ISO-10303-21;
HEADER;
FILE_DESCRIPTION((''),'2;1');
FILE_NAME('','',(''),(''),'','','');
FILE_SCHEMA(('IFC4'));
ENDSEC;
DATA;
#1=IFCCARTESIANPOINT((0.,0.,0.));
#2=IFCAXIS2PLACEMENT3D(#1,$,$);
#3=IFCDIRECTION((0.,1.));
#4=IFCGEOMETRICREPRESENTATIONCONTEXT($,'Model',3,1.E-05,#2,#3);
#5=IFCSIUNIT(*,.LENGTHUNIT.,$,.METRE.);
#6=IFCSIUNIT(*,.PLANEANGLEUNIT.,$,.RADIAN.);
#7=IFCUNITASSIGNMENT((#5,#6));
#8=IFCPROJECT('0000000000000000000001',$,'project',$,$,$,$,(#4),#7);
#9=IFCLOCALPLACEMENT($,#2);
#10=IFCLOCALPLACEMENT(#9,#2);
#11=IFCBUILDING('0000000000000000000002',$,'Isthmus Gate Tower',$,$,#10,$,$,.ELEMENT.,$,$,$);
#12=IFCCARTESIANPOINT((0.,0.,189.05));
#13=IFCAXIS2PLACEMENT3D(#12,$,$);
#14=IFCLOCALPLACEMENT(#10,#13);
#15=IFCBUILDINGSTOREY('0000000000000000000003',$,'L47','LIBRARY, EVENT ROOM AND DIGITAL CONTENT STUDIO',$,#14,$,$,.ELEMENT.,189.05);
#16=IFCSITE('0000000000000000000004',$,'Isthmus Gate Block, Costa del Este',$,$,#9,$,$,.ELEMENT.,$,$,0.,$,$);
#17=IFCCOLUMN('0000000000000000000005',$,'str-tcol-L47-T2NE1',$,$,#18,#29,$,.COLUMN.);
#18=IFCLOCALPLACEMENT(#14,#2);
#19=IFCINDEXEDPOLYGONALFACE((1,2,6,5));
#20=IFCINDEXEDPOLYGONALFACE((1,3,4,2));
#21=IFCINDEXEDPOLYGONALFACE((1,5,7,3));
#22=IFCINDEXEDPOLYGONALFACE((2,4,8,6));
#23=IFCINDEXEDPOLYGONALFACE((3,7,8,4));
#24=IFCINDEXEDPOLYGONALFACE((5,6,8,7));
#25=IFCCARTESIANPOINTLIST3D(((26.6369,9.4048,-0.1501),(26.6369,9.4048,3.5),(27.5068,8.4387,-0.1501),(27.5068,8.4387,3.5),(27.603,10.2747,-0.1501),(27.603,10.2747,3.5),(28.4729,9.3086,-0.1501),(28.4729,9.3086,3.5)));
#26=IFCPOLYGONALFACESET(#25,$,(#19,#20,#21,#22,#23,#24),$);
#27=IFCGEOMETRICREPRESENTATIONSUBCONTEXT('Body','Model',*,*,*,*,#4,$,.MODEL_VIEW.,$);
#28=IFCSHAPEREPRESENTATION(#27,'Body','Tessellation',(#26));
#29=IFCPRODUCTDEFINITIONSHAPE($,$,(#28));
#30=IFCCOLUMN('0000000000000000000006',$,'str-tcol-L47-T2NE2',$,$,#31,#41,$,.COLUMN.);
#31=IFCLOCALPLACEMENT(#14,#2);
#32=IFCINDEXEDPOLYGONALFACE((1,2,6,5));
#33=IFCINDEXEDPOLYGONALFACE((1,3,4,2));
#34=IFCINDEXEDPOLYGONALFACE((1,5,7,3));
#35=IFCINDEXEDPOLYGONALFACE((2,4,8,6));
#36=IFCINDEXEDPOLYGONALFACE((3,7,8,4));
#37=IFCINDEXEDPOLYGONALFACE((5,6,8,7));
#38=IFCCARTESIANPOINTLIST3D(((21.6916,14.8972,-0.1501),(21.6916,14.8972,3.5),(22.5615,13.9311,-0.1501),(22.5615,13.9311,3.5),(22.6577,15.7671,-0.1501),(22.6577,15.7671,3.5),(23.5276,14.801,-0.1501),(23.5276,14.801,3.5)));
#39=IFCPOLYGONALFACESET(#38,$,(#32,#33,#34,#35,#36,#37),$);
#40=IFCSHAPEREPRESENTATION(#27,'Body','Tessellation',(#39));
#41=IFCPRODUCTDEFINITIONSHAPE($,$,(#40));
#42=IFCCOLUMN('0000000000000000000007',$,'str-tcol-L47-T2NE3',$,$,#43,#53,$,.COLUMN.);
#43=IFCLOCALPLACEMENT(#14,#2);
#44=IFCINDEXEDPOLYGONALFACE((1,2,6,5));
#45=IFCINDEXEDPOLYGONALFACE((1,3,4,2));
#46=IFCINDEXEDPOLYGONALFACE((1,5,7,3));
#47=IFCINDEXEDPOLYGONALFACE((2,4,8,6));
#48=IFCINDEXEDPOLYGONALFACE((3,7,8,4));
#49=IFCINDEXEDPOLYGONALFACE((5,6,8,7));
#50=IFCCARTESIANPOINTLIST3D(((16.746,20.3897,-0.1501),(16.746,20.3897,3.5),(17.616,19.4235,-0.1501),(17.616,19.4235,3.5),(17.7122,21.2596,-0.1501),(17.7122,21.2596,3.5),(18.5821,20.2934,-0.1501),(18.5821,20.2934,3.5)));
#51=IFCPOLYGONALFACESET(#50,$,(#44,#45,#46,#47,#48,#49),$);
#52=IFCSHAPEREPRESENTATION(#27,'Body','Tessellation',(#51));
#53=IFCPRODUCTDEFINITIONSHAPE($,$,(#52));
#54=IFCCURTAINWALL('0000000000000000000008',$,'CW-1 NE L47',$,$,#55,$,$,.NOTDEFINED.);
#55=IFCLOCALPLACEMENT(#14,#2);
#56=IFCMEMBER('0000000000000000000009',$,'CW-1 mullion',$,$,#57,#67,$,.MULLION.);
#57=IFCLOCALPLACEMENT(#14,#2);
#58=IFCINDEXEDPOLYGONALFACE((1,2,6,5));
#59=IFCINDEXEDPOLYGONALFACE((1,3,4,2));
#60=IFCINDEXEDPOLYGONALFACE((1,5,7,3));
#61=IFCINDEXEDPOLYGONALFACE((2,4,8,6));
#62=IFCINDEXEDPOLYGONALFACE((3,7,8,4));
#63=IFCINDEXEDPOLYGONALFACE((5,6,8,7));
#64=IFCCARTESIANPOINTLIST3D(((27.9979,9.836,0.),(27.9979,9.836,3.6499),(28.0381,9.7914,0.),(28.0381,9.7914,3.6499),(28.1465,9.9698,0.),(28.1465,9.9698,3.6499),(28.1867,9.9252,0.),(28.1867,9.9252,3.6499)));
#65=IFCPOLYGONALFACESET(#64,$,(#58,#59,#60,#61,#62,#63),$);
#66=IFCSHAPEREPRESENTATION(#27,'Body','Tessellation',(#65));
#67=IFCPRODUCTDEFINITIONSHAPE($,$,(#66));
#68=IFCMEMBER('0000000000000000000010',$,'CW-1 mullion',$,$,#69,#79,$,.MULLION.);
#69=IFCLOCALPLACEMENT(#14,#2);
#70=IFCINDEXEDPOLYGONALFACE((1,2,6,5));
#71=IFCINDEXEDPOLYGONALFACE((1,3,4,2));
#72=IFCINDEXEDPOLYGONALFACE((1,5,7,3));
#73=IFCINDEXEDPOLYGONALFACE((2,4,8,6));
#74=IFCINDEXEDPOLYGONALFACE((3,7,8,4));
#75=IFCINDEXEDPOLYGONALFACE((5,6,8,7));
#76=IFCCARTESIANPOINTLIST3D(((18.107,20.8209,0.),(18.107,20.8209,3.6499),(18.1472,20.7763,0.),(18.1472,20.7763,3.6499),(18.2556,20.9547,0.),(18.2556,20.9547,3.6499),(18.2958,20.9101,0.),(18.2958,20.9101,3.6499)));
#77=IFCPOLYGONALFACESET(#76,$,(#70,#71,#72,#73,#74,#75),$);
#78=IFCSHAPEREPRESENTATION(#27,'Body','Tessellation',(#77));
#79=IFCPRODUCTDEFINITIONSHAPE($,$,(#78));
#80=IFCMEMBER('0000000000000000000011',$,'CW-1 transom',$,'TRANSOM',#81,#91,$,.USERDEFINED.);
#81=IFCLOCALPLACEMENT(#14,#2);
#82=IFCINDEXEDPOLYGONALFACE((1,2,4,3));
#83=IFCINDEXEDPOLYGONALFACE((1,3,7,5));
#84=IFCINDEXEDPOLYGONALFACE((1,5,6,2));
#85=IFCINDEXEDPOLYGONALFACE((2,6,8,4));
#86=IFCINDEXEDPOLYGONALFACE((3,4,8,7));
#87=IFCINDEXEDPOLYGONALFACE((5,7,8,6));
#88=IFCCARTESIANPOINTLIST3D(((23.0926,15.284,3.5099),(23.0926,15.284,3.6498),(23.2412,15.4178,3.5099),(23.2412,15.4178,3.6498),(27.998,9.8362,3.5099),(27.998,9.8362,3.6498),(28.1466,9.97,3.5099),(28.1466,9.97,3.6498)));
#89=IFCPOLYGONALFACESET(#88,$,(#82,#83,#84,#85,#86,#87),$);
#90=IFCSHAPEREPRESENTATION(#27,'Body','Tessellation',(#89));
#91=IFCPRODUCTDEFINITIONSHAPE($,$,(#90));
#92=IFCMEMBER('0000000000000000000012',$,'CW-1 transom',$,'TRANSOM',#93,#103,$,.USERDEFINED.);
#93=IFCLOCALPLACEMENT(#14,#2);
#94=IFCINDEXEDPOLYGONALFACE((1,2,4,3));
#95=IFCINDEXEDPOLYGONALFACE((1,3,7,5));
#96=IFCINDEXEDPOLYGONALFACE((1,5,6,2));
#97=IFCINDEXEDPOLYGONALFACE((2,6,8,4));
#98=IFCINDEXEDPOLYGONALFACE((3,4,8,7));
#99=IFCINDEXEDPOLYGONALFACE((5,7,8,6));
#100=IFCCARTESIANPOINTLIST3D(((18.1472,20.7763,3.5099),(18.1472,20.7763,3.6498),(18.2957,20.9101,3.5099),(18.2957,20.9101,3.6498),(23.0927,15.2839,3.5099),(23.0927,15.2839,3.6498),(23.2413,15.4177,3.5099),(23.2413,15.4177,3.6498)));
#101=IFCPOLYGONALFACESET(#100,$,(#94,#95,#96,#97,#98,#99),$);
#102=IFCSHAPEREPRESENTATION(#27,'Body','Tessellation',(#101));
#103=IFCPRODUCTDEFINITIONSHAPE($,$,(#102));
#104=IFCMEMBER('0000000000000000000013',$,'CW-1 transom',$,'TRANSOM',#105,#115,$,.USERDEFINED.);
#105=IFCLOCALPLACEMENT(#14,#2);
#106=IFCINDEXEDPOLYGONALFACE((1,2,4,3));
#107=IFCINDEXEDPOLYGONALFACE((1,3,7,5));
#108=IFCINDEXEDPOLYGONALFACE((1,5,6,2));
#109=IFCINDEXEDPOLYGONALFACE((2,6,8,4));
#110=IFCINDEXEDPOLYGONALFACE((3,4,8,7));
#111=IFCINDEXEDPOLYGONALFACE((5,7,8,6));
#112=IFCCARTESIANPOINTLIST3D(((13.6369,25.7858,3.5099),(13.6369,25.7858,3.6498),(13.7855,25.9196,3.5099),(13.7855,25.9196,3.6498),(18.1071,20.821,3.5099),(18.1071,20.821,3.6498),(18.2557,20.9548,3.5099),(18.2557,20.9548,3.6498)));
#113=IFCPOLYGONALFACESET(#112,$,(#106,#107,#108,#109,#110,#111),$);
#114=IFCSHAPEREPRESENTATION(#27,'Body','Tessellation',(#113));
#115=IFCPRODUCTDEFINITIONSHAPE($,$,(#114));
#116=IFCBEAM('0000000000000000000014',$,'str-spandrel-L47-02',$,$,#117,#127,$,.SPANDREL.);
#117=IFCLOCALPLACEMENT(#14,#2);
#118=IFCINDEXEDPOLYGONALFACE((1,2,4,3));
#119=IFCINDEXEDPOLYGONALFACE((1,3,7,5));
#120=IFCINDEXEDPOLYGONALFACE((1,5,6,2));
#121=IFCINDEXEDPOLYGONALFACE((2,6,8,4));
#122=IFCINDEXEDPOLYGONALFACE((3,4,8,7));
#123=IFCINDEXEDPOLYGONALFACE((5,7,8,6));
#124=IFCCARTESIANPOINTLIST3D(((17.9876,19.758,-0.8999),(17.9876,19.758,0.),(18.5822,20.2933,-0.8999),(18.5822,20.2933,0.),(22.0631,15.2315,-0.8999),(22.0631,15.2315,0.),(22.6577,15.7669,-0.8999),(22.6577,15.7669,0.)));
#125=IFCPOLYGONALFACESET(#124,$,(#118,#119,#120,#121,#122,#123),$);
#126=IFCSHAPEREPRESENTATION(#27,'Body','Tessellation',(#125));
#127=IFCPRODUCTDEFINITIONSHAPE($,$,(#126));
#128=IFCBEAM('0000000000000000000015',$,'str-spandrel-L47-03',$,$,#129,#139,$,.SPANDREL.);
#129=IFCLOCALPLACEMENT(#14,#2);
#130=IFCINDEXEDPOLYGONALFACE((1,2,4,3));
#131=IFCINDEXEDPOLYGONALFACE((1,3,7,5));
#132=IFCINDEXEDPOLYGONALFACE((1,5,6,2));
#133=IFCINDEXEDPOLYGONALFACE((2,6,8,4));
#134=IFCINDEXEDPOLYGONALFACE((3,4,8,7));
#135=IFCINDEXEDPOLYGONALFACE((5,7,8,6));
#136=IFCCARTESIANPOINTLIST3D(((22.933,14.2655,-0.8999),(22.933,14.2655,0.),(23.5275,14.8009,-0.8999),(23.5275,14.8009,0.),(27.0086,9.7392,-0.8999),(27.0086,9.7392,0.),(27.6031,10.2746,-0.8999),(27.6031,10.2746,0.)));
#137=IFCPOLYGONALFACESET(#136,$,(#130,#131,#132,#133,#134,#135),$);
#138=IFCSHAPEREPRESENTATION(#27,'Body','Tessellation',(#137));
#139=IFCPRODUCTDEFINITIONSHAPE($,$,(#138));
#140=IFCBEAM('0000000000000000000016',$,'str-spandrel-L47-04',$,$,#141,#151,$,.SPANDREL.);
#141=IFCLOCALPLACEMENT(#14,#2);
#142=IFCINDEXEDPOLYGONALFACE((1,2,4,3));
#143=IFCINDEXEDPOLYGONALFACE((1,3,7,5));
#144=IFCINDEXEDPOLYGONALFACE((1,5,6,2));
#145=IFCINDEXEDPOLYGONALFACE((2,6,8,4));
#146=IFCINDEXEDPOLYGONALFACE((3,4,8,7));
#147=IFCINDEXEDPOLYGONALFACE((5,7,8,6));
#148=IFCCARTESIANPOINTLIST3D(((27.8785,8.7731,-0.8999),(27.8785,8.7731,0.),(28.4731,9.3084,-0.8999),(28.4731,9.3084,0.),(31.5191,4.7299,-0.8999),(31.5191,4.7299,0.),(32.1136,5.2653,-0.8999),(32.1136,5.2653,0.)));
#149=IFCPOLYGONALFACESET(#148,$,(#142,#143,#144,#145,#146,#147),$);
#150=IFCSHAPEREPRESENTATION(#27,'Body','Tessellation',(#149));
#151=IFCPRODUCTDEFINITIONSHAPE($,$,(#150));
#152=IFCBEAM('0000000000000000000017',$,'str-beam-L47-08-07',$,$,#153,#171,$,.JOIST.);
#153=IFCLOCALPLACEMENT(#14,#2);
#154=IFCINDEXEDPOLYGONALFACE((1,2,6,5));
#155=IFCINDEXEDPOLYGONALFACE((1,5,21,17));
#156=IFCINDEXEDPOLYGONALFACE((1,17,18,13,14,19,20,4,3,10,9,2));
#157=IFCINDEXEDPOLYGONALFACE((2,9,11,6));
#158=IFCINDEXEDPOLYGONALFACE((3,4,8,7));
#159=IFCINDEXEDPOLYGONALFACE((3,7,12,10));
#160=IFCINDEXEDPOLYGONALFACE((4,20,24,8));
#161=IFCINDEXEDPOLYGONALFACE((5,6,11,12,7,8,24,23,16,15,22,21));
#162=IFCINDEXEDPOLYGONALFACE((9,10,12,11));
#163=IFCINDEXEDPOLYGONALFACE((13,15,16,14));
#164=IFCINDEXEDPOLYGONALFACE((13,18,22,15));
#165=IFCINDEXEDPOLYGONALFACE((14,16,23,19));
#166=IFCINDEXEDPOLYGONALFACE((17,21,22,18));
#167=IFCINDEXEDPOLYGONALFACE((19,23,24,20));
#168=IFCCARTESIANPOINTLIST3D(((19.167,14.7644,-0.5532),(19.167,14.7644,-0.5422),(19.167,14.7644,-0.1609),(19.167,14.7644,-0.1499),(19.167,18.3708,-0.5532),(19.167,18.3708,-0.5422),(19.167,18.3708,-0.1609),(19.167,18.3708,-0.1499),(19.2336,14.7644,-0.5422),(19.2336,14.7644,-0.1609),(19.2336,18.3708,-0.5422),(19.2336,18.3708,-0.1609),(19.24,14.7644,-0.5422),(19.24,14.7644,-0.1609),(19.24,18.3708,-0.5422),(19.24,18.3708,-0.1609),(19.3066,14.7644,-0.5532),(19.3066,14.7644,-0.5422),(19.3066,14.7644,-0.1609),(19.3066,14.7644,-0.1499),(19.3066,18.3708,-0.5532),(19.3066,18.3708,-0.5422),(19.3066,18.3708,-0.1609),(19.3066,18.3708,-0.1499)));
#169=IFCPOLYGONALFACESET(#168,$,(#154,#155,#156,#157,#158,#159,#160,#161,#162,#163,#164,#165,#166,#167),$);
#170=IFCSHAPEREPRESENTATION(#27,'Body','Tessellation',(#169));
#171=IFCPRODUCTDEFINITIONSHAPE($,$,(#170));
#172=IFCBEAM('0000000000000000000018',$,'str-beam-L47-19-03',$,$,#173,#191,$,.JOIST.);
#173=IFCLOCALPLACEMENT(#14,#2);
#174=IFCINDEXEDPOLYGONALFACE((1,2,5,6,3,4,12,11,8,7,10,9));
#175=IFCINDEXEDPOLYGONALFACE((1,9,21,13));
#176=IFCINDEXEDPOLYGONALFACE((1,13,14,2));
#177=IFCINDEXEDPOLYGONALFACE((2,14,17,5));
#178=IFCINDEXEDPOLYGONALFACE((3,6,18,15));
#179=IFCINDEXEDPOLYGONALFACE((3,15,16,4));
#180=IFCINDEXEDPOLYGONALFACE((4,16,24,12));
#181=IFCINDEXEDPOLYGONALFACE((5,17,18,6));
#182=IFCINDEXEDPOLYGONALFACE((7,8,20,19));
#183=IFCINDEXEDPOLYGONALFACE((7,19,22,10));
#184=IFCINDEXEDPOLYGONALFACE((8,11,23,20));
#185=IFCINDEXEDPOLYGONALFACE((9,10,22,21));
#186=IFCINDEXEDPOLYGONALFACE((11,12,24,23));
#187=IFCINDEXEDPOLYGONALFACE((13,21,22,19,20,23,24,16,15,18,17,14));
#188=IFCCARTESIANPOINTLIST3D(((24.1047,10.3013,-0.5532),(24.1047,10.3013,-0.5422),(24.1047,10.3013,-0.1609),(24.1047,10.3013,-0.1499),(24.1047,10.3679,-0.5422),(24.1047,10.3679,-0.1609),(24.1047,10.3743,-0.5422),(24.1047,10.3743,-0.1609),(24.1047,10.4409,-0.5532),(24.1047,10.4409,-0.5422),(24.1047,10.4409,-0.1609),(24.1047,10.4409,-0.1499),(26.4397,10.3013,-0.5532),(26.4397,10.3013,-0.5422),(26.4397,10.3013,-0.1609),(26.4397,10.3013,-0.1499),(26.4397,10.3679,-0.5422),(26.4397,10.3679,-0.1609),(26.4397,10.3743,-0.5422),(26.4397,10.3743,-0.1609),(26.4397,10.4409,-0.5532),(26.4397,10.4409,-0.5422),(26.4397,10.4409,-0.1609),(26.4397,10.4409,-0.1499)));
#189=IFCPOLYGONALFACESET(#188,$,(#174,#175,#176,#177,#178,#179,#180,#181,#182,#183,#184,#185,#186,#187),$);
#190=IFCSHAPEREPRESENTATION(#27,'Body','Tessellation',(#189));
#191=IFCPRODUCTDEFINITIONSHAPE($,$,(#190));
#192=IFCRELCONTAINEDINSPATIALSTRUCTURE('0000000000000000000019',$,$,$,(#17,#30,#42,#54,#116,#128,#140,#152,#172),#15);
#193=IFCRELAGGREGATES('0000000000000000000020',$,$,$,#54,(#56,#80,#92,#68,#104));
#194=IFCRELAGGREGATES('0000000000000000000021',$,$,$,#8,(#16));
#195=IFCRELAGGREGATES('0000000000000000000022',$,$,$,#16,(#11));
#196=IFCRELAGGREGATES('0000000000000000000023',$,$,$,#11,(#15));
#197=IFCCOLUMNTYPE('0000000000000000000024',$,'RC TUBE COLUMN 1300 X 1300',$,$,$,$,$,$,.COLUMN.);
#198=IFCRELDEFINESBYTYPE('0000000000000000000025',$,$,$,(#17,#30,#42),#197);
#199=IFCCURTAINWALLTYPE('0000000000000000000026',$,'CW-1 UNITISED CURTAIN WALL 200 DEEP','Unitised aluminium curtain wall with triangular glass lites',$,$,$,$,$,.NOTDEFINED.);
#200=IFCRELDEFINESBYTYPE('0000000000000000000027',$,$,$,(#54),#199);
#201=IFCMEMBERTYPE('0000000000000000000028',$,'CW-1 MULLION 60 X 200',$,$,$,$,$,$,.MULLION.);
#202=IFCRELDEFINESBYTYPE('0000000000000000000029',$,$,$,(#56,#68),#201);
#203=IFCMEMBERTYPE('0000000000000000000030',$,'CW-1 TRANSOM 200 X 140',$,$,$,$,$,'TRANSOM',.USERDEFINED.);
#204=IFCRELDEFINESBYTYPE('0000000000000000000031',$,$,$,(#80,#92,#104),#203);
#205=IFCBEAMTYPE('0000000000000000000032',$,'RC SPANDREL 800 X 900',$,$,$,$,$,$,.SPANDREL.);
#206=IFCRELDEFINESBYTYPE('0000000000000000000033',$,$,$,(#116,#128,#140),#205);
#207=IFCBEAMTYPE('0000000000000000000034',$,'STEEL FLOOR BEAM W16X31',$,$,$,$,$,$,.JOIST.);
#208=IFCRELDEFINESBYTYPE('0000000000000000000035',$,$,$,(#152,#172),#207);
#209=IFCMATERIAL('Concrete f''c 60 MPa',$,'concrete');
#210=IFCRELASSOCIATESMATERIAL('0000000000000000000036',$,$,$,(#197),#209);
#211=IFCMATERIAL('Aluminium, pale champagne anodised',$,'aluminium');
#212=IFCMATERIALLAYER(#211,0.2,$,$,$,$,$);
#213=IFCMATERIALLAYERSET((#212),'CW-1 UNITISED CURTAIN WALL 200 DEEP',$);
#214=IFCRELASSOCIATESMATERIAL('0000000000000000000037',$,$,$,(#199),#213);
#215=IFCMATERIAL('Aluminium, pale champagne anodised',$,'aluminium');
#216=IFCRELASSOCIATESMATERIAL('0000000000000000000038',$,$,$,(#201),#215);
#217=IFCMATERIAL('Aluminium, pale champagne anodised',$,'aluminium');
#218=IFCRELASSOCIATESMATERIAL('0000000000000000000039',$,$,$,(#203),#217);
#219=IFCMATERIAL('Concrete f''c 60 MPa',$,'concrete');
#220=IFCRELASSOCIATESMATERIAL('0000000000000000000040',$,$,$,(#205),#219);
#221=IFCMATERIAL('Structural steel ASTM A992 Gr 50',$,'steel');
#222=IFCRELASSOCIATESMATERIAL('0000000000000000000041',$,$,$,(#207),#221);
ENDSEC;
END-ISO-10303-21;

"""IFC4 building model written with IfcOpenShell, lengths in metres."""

from ifc_helpers import new_model, si_unit, direction, frame, origin, origin_2d, place, context, subcontext, project, spatial, rectangle, i_section, extrude, material, layer, layer_set, material_profile, profile_set, type_object, element, aggregate, save


model = new_model("IFC4")

# Units and contexts
model_context = context("Model", 3, precision=1e-05, world=origin(), true_north=direction((0.0, 1.0)))
body_context = subcontext(model_context, "Body", "Model", "MODEL_VIEW")
ifc_project = project(units=[si_unit("LENGTHUNIT", "METRE"), si_unit("PLANEANGLEUNIT", "RADIAN")], contexts=[model_context])

# Site, building, storey
site_placement = place(None, origin())
site = spatial("IfcSite", under=ifc_project, at=site_placement, Name="Isthmus Gate Block, Costa del Este", CompositionType="ELEMENT", RefElevation=0.0)
building_placement = place(site_placement, origin())
building = spatial("IfcBuilding", under=site, at=building_placement, Name="Isthmus Gate Tower", CompositionType="ELEMENT")
storey_placement = place(building_placement, frame((0.0, 0.0, 189.05)))
storey = spatial("IfcBuildingStorey", under=building, at=storey_placement, Name="L47", Description="LIBRARY, EVENT ROOM AND DIGITAL CONTENT STUDIO", CompositionType="ELEMENT", Elevation=189.05)

# Columns
ifc_material_1 = material(Name="Concrete f'c 60 MPa", Category="concrete")
ifc_material_profile_1 = material_profile(ifc_material_1, rectangle(XDim=1.3, YDim=1.3, at=origin_2d()), Name="RC 1300X1300")
ifc_profile_set_1 = profile_set([ifc_material_profile_1], Name="Concrete f'c 60 MPa")
column_type = type_object("IfcColumnType", Name="RC TUBE COLUMN 1300 X 1300", PredefinedType="COLUMN", material=ifc_profile_set_1)
for number, where, z_axis, x_axis, name in (
    (1, (27.5549, 9.3567, -0.1501), (0.0, 0.0, 1.0), (-0.669131, 0.743145, 0.0), "str-tcol-L47-T2NE1"),
    (2, (22.6096, 14.8491, -0.1501), (0.0, 0.0, 1.0), (-0.669131, 0.743145, 0.0), "str-tcol-L47-T2NE2"),
    (3, (17.6641, 20.3416, -0.1501), (0.0, 0.0, 1.0), (-0.669131, 0.743145, 0.0), "str-tcol-L47-T2NE3"),
):
    element("IfcColumn", number, at=place(storey_placement, frame(where, z_axis=z_axis, x_axis=x_axis)), inside=storey, type_object=column_type, Name=name, PredefinedType="COLUMN", context=body_context, shape_type="SweptSolid", body=[
        extrude(rectangle(XDim=1.3, YDim=1.3, at=origin_2d()), origin(), (0.0, 0.0, 1.0), 3.6501),
    ])

# Curtain wall, members
ifc_material_2 = material(Name="Aluminium, pale champagne anodised", Category="aluminium")
ifc_layer_1 = layer(ifc_material_2, 0.2)
ifc_layer_set_1 = layer_set([ifc_layer_1], Name="CW-1 UNITISED CURTAIN WALL 200 DEEP")
curtain_wall_type = type_object("IfcCurtainWallType", Name="CW-1 UNITISED CURTAIN WALL 200 DEEP", Description="Unitised aluminium curtain wall with triangular glass lites", PredefinedType="NOTDEFINED", material=ifc_layer_set_1)
curtain_wall_placement = place(storey_placement, origin())
curtain_wall = element("IfcCurtainWall", 4, at=curtain_wall_placement, inside=storey, type_object=curtain_wall_type, Name="CW-1 NE L47", PredefinedType="NOTDEFINED")
ifc_material_3 = material(Name="Aluminium, pale champagne anodised", Category="aluminium")
ifc_material_profile_2 = material_profile(ifc_material_3, rectangle(XDim=0.0601, YDim=0.2, at=origin_2d()), Name="60x200")
ifc_profile_set_2 = profile_set([ifc_material_profile_2], Name="Aluminium, pale champagne anodised")
member_type_1 = type_object("IfcMemberType", Name="CW-1 MULLION 60 X 200", PredefinedType="MULLION", material=ifc_profile_set_2)
member_1_placement = place(storey_placement, frame((28.0923, 9.8806, 0.0), z_axis=(0.0, 0.0, 1.0), x_axis=(-0.669131, 0.743145, 0.0)))
member_1 = element("IfcMember", 5, at=member_1_placement, type_object=member_type_1, Name="CW-1 mullion", PredefinedType="MULLION", context=body_context, shape_type="SweptSolid", body=[
    extrude(rectangle(XDim=0.0601, YDim=0.2, at=origin_2d()), origin(), (0.0, 0.0, 1.0), 3.6499),
])
member_2_placement = place(storey_placement, frame((18.2014, 20.8655, 0.0), z_axis=(0.0, 0.0, 1.0), x_axis=(-0.669131, 0.743145, 0.0)))
member_2 = element("IfcMember", 6, at=member_2_placement, type_object=member_type_1, Name="CW-1 mullion", PredefinedType="MULLION", context=body_context, shape_type="SweptSolid", body=[
    extrude(rectangle(XDim=0.0601, YDim=0.2, at=origin_2d()), origin(), (0.0, 0.0, 1.0), 3.6499),
])
ifc_material_4 = material(Name="Aluminium, pale champagne anodised", Category="aluminium")
ifc_material_profile_3 = material_profile(ifc_material_4, rectangle(XDim=0.2, YDim=0.1399, at=origin_2d()), Name="200x140")
ifc_profile_set_3 = profile_set([ifc_material_profile_3], Name="Aluminium, pale champagne anodised")
member_type_2 = type_object("IfcMemberType", Name="CW-1 TRANSOM 200 X 140", ElementType="TRANSOM", PredefinedType="USERDEFINED", material=ifc_profile_set_3)
member_3_placement = place(storey_placement, frame((28.0723, 9.9031, 3.5798), z_axis=(-0.669138, 0.743138, 0.0), x_axis=(-0.743138, -0.669138, 0.0)))
member_3 = element("IfcMember", 7, at=member_3_placement, type_object=member_type_2, Name="CW-1 transom", ObjectType="TRANSOM", PredefinedType="USERDEFINED", context=body_context, shape_type="SweptSolid", body=[
    extrude(rectangle(XDim=0.2, YDim=0.1399, at=origin_2d()), origin(), (0.0, 0.0, 1.0), 7.3308),
])
member_4_placement = place(storey_placement, frame((23.167, 15.3508, 3.5798), z_axis=(-0.669142, 0.743135, 0.0), x_axis=(-0.743135, -0.669142, 0.0)))
member_4 = element("IfcMember", 8, at=member_4_placement, type_object=member_type_2, Name="CW-1 transom", ObjectType="TRANSOM", PredefinedType="USERDEFINED", context=body_context, shape_type="SweptSolid", body=[
    extrude(rectangle(XDim=0.2, YDim=0.1399, at=origin_2d()), origin(), (0.0, 0.0, 1.0), 7.3909),
])
member_5_placement = place(storey_placement, frame((18.1814, 20.8879, 3.5798), z_axis=(-0.669118, 0.743156, 0.0), x_axis=(-0.743156, -0.669118, 0.0)))
member_5 = element("IfcMember", 9, at=member_5_placement, type_object=member_type_2, Name="CW-1 transom", ObjectType="TRANSOM", PredefinedType="USERDEFINED", context=body_context, shape_type="SweptSolid", body=[
    extrude(rectangle(XDim=0.2, YDim=0.1399, at=origin_2d()), origin(), (0.0, 0.0, 1.0), 6.6807),
])

# Beams
ifc_material_5 = material(Name="Concrete f'c 60 MPa", Category="concrete")
ifc_material_profile_4 = material_profile(ifc_material_5, rectangle(XDim=0.8, YDim=0.8999, at=origin_2d()), Name="RC 800X900")
ifc_profile_set_4 = profile_set([ifc_material_profile_4], Name="Concrete f'c 60 MPa")
beam_type_1 = type_object("IfcBeamType", Name="RC SPANDREL 800 X 900", PredefinedType="SPANDREL", material=ifc_profile_set_4)
for number, where, z_axis, x_axis, name in (
    (10, (18.2849, 20.0256, -0.45), (0.66912, -0.743155, 0.0), (0.743155, 0.66912, 0.0), "str-spandrel-L47-02"),
    (11, (23.2302, 14.5332, -0.45), (0.669142, -0.743135, 0.0), (0.743135, 0.669142, 0.0), "str-spandrel-L47-03"),
):
    element("IfcBeam", number, at=place(storey_placement, frame(where, z_axis=z_axis, x_axis=x_axis)), inside=storey, type_object=beam_type_1, Name=name, PredefinedType="SPANDREL", context=body_context, shape_type="SweptSolid", body=[
        extrude(rectangle(XDim=0.8, YDim=0.8999, at=origin_2d()), origin(), (0.0, 0.0, 1.0), 6.0908),
    ])
beam_1_placement = place(storey_placement, frame((28.1758, 9.0408, -0.45), z_axis=(0.669141, -0.743136, 0.0), x_axis=(0.743136, 0.669141, 0.0)))
element("IfcBeam", 12, at=beam_1_placement, inside=storey, type_object=beam_type_1, Name="str-spandrel-L47-04", PredefinedType="SPANDREL", context=body_context, shape_type="SweptSolid", body=[
    extrude(rectangle(XDim=0.8, YDim=0.8999, at=origin_2d()), origin(), (0.0, 0.0, 1.0), 5.4407),
])
ifc_material_6 = material(Name="Structural steel ASTM A992 Gr 50", Category="steel")
ifc_material_profile_5 = material_profile(ifc_material_6, i_section(OverallWidth=0.1396, OverallDepth=0.4033, WebThickness=0.0063, FlangeThickness=0.011, at=origin_2d()), Name="W16X31")
ifc_profile_set_5 = profile_set([ifc_material_profile_5], Name="Structural steel ASTM A992 Gr 50")
beam_type_2 = type_object("IfcBeamType", Name="STEEL FLOOR BEAM W16X31", PredefinedType="JOIST", material=ifc_profile_set_5)
beam_2_placement = place(storey_placement, frame((19.2368, 14.7644, -0.3516), z_axis=(0.0, 1.0, 0.0), x_axis=(-1.0, 0.0, 0.0)))
element("IfcBeam", 13, at=beam_2_placement, inside=storey, type_object=beam_type_2, Name="str-beam-L47-08-07", PredefinedType="JOIST", context=body_context, shape_type="SweptSolid", body=[
    extrude(i_section(OverallWidth=0.1396, OverallDepth=0.4033, WebThickness=0.0063, FlangeThickness=0.011, at=origin_2d()), origin(), (0.0, 0.0, 1.0), 3.6064),
])
beam_3_placement = place(storey_placement, frame((24.1047, 10.3711, -0.3516), z_axis=(1.0, 0.0, 0.0), x_axis=(0.0, 1.0, 0.0)))
element("IfcBeam", 14, at=beam_3_placement, inside=storey, type_object=beam_type_2, Name="str-beam-L47-19-03", PredefinedType="JOIST", context=body_context, shape_type="SweptSolid", body=[
    extrude(i_section(OverallWidth=0.1396, OverallDepth=0.4033, WebThickness=0.0063, FlangeThickness=0.011, at=origin_2d()), origin(), (0.0, 0.0, 1.0), 2.335),
])

aggregate(curtain_wall, [member_1, member_3, member_4, member_2, member_5])

save(model, "model.ifc")
